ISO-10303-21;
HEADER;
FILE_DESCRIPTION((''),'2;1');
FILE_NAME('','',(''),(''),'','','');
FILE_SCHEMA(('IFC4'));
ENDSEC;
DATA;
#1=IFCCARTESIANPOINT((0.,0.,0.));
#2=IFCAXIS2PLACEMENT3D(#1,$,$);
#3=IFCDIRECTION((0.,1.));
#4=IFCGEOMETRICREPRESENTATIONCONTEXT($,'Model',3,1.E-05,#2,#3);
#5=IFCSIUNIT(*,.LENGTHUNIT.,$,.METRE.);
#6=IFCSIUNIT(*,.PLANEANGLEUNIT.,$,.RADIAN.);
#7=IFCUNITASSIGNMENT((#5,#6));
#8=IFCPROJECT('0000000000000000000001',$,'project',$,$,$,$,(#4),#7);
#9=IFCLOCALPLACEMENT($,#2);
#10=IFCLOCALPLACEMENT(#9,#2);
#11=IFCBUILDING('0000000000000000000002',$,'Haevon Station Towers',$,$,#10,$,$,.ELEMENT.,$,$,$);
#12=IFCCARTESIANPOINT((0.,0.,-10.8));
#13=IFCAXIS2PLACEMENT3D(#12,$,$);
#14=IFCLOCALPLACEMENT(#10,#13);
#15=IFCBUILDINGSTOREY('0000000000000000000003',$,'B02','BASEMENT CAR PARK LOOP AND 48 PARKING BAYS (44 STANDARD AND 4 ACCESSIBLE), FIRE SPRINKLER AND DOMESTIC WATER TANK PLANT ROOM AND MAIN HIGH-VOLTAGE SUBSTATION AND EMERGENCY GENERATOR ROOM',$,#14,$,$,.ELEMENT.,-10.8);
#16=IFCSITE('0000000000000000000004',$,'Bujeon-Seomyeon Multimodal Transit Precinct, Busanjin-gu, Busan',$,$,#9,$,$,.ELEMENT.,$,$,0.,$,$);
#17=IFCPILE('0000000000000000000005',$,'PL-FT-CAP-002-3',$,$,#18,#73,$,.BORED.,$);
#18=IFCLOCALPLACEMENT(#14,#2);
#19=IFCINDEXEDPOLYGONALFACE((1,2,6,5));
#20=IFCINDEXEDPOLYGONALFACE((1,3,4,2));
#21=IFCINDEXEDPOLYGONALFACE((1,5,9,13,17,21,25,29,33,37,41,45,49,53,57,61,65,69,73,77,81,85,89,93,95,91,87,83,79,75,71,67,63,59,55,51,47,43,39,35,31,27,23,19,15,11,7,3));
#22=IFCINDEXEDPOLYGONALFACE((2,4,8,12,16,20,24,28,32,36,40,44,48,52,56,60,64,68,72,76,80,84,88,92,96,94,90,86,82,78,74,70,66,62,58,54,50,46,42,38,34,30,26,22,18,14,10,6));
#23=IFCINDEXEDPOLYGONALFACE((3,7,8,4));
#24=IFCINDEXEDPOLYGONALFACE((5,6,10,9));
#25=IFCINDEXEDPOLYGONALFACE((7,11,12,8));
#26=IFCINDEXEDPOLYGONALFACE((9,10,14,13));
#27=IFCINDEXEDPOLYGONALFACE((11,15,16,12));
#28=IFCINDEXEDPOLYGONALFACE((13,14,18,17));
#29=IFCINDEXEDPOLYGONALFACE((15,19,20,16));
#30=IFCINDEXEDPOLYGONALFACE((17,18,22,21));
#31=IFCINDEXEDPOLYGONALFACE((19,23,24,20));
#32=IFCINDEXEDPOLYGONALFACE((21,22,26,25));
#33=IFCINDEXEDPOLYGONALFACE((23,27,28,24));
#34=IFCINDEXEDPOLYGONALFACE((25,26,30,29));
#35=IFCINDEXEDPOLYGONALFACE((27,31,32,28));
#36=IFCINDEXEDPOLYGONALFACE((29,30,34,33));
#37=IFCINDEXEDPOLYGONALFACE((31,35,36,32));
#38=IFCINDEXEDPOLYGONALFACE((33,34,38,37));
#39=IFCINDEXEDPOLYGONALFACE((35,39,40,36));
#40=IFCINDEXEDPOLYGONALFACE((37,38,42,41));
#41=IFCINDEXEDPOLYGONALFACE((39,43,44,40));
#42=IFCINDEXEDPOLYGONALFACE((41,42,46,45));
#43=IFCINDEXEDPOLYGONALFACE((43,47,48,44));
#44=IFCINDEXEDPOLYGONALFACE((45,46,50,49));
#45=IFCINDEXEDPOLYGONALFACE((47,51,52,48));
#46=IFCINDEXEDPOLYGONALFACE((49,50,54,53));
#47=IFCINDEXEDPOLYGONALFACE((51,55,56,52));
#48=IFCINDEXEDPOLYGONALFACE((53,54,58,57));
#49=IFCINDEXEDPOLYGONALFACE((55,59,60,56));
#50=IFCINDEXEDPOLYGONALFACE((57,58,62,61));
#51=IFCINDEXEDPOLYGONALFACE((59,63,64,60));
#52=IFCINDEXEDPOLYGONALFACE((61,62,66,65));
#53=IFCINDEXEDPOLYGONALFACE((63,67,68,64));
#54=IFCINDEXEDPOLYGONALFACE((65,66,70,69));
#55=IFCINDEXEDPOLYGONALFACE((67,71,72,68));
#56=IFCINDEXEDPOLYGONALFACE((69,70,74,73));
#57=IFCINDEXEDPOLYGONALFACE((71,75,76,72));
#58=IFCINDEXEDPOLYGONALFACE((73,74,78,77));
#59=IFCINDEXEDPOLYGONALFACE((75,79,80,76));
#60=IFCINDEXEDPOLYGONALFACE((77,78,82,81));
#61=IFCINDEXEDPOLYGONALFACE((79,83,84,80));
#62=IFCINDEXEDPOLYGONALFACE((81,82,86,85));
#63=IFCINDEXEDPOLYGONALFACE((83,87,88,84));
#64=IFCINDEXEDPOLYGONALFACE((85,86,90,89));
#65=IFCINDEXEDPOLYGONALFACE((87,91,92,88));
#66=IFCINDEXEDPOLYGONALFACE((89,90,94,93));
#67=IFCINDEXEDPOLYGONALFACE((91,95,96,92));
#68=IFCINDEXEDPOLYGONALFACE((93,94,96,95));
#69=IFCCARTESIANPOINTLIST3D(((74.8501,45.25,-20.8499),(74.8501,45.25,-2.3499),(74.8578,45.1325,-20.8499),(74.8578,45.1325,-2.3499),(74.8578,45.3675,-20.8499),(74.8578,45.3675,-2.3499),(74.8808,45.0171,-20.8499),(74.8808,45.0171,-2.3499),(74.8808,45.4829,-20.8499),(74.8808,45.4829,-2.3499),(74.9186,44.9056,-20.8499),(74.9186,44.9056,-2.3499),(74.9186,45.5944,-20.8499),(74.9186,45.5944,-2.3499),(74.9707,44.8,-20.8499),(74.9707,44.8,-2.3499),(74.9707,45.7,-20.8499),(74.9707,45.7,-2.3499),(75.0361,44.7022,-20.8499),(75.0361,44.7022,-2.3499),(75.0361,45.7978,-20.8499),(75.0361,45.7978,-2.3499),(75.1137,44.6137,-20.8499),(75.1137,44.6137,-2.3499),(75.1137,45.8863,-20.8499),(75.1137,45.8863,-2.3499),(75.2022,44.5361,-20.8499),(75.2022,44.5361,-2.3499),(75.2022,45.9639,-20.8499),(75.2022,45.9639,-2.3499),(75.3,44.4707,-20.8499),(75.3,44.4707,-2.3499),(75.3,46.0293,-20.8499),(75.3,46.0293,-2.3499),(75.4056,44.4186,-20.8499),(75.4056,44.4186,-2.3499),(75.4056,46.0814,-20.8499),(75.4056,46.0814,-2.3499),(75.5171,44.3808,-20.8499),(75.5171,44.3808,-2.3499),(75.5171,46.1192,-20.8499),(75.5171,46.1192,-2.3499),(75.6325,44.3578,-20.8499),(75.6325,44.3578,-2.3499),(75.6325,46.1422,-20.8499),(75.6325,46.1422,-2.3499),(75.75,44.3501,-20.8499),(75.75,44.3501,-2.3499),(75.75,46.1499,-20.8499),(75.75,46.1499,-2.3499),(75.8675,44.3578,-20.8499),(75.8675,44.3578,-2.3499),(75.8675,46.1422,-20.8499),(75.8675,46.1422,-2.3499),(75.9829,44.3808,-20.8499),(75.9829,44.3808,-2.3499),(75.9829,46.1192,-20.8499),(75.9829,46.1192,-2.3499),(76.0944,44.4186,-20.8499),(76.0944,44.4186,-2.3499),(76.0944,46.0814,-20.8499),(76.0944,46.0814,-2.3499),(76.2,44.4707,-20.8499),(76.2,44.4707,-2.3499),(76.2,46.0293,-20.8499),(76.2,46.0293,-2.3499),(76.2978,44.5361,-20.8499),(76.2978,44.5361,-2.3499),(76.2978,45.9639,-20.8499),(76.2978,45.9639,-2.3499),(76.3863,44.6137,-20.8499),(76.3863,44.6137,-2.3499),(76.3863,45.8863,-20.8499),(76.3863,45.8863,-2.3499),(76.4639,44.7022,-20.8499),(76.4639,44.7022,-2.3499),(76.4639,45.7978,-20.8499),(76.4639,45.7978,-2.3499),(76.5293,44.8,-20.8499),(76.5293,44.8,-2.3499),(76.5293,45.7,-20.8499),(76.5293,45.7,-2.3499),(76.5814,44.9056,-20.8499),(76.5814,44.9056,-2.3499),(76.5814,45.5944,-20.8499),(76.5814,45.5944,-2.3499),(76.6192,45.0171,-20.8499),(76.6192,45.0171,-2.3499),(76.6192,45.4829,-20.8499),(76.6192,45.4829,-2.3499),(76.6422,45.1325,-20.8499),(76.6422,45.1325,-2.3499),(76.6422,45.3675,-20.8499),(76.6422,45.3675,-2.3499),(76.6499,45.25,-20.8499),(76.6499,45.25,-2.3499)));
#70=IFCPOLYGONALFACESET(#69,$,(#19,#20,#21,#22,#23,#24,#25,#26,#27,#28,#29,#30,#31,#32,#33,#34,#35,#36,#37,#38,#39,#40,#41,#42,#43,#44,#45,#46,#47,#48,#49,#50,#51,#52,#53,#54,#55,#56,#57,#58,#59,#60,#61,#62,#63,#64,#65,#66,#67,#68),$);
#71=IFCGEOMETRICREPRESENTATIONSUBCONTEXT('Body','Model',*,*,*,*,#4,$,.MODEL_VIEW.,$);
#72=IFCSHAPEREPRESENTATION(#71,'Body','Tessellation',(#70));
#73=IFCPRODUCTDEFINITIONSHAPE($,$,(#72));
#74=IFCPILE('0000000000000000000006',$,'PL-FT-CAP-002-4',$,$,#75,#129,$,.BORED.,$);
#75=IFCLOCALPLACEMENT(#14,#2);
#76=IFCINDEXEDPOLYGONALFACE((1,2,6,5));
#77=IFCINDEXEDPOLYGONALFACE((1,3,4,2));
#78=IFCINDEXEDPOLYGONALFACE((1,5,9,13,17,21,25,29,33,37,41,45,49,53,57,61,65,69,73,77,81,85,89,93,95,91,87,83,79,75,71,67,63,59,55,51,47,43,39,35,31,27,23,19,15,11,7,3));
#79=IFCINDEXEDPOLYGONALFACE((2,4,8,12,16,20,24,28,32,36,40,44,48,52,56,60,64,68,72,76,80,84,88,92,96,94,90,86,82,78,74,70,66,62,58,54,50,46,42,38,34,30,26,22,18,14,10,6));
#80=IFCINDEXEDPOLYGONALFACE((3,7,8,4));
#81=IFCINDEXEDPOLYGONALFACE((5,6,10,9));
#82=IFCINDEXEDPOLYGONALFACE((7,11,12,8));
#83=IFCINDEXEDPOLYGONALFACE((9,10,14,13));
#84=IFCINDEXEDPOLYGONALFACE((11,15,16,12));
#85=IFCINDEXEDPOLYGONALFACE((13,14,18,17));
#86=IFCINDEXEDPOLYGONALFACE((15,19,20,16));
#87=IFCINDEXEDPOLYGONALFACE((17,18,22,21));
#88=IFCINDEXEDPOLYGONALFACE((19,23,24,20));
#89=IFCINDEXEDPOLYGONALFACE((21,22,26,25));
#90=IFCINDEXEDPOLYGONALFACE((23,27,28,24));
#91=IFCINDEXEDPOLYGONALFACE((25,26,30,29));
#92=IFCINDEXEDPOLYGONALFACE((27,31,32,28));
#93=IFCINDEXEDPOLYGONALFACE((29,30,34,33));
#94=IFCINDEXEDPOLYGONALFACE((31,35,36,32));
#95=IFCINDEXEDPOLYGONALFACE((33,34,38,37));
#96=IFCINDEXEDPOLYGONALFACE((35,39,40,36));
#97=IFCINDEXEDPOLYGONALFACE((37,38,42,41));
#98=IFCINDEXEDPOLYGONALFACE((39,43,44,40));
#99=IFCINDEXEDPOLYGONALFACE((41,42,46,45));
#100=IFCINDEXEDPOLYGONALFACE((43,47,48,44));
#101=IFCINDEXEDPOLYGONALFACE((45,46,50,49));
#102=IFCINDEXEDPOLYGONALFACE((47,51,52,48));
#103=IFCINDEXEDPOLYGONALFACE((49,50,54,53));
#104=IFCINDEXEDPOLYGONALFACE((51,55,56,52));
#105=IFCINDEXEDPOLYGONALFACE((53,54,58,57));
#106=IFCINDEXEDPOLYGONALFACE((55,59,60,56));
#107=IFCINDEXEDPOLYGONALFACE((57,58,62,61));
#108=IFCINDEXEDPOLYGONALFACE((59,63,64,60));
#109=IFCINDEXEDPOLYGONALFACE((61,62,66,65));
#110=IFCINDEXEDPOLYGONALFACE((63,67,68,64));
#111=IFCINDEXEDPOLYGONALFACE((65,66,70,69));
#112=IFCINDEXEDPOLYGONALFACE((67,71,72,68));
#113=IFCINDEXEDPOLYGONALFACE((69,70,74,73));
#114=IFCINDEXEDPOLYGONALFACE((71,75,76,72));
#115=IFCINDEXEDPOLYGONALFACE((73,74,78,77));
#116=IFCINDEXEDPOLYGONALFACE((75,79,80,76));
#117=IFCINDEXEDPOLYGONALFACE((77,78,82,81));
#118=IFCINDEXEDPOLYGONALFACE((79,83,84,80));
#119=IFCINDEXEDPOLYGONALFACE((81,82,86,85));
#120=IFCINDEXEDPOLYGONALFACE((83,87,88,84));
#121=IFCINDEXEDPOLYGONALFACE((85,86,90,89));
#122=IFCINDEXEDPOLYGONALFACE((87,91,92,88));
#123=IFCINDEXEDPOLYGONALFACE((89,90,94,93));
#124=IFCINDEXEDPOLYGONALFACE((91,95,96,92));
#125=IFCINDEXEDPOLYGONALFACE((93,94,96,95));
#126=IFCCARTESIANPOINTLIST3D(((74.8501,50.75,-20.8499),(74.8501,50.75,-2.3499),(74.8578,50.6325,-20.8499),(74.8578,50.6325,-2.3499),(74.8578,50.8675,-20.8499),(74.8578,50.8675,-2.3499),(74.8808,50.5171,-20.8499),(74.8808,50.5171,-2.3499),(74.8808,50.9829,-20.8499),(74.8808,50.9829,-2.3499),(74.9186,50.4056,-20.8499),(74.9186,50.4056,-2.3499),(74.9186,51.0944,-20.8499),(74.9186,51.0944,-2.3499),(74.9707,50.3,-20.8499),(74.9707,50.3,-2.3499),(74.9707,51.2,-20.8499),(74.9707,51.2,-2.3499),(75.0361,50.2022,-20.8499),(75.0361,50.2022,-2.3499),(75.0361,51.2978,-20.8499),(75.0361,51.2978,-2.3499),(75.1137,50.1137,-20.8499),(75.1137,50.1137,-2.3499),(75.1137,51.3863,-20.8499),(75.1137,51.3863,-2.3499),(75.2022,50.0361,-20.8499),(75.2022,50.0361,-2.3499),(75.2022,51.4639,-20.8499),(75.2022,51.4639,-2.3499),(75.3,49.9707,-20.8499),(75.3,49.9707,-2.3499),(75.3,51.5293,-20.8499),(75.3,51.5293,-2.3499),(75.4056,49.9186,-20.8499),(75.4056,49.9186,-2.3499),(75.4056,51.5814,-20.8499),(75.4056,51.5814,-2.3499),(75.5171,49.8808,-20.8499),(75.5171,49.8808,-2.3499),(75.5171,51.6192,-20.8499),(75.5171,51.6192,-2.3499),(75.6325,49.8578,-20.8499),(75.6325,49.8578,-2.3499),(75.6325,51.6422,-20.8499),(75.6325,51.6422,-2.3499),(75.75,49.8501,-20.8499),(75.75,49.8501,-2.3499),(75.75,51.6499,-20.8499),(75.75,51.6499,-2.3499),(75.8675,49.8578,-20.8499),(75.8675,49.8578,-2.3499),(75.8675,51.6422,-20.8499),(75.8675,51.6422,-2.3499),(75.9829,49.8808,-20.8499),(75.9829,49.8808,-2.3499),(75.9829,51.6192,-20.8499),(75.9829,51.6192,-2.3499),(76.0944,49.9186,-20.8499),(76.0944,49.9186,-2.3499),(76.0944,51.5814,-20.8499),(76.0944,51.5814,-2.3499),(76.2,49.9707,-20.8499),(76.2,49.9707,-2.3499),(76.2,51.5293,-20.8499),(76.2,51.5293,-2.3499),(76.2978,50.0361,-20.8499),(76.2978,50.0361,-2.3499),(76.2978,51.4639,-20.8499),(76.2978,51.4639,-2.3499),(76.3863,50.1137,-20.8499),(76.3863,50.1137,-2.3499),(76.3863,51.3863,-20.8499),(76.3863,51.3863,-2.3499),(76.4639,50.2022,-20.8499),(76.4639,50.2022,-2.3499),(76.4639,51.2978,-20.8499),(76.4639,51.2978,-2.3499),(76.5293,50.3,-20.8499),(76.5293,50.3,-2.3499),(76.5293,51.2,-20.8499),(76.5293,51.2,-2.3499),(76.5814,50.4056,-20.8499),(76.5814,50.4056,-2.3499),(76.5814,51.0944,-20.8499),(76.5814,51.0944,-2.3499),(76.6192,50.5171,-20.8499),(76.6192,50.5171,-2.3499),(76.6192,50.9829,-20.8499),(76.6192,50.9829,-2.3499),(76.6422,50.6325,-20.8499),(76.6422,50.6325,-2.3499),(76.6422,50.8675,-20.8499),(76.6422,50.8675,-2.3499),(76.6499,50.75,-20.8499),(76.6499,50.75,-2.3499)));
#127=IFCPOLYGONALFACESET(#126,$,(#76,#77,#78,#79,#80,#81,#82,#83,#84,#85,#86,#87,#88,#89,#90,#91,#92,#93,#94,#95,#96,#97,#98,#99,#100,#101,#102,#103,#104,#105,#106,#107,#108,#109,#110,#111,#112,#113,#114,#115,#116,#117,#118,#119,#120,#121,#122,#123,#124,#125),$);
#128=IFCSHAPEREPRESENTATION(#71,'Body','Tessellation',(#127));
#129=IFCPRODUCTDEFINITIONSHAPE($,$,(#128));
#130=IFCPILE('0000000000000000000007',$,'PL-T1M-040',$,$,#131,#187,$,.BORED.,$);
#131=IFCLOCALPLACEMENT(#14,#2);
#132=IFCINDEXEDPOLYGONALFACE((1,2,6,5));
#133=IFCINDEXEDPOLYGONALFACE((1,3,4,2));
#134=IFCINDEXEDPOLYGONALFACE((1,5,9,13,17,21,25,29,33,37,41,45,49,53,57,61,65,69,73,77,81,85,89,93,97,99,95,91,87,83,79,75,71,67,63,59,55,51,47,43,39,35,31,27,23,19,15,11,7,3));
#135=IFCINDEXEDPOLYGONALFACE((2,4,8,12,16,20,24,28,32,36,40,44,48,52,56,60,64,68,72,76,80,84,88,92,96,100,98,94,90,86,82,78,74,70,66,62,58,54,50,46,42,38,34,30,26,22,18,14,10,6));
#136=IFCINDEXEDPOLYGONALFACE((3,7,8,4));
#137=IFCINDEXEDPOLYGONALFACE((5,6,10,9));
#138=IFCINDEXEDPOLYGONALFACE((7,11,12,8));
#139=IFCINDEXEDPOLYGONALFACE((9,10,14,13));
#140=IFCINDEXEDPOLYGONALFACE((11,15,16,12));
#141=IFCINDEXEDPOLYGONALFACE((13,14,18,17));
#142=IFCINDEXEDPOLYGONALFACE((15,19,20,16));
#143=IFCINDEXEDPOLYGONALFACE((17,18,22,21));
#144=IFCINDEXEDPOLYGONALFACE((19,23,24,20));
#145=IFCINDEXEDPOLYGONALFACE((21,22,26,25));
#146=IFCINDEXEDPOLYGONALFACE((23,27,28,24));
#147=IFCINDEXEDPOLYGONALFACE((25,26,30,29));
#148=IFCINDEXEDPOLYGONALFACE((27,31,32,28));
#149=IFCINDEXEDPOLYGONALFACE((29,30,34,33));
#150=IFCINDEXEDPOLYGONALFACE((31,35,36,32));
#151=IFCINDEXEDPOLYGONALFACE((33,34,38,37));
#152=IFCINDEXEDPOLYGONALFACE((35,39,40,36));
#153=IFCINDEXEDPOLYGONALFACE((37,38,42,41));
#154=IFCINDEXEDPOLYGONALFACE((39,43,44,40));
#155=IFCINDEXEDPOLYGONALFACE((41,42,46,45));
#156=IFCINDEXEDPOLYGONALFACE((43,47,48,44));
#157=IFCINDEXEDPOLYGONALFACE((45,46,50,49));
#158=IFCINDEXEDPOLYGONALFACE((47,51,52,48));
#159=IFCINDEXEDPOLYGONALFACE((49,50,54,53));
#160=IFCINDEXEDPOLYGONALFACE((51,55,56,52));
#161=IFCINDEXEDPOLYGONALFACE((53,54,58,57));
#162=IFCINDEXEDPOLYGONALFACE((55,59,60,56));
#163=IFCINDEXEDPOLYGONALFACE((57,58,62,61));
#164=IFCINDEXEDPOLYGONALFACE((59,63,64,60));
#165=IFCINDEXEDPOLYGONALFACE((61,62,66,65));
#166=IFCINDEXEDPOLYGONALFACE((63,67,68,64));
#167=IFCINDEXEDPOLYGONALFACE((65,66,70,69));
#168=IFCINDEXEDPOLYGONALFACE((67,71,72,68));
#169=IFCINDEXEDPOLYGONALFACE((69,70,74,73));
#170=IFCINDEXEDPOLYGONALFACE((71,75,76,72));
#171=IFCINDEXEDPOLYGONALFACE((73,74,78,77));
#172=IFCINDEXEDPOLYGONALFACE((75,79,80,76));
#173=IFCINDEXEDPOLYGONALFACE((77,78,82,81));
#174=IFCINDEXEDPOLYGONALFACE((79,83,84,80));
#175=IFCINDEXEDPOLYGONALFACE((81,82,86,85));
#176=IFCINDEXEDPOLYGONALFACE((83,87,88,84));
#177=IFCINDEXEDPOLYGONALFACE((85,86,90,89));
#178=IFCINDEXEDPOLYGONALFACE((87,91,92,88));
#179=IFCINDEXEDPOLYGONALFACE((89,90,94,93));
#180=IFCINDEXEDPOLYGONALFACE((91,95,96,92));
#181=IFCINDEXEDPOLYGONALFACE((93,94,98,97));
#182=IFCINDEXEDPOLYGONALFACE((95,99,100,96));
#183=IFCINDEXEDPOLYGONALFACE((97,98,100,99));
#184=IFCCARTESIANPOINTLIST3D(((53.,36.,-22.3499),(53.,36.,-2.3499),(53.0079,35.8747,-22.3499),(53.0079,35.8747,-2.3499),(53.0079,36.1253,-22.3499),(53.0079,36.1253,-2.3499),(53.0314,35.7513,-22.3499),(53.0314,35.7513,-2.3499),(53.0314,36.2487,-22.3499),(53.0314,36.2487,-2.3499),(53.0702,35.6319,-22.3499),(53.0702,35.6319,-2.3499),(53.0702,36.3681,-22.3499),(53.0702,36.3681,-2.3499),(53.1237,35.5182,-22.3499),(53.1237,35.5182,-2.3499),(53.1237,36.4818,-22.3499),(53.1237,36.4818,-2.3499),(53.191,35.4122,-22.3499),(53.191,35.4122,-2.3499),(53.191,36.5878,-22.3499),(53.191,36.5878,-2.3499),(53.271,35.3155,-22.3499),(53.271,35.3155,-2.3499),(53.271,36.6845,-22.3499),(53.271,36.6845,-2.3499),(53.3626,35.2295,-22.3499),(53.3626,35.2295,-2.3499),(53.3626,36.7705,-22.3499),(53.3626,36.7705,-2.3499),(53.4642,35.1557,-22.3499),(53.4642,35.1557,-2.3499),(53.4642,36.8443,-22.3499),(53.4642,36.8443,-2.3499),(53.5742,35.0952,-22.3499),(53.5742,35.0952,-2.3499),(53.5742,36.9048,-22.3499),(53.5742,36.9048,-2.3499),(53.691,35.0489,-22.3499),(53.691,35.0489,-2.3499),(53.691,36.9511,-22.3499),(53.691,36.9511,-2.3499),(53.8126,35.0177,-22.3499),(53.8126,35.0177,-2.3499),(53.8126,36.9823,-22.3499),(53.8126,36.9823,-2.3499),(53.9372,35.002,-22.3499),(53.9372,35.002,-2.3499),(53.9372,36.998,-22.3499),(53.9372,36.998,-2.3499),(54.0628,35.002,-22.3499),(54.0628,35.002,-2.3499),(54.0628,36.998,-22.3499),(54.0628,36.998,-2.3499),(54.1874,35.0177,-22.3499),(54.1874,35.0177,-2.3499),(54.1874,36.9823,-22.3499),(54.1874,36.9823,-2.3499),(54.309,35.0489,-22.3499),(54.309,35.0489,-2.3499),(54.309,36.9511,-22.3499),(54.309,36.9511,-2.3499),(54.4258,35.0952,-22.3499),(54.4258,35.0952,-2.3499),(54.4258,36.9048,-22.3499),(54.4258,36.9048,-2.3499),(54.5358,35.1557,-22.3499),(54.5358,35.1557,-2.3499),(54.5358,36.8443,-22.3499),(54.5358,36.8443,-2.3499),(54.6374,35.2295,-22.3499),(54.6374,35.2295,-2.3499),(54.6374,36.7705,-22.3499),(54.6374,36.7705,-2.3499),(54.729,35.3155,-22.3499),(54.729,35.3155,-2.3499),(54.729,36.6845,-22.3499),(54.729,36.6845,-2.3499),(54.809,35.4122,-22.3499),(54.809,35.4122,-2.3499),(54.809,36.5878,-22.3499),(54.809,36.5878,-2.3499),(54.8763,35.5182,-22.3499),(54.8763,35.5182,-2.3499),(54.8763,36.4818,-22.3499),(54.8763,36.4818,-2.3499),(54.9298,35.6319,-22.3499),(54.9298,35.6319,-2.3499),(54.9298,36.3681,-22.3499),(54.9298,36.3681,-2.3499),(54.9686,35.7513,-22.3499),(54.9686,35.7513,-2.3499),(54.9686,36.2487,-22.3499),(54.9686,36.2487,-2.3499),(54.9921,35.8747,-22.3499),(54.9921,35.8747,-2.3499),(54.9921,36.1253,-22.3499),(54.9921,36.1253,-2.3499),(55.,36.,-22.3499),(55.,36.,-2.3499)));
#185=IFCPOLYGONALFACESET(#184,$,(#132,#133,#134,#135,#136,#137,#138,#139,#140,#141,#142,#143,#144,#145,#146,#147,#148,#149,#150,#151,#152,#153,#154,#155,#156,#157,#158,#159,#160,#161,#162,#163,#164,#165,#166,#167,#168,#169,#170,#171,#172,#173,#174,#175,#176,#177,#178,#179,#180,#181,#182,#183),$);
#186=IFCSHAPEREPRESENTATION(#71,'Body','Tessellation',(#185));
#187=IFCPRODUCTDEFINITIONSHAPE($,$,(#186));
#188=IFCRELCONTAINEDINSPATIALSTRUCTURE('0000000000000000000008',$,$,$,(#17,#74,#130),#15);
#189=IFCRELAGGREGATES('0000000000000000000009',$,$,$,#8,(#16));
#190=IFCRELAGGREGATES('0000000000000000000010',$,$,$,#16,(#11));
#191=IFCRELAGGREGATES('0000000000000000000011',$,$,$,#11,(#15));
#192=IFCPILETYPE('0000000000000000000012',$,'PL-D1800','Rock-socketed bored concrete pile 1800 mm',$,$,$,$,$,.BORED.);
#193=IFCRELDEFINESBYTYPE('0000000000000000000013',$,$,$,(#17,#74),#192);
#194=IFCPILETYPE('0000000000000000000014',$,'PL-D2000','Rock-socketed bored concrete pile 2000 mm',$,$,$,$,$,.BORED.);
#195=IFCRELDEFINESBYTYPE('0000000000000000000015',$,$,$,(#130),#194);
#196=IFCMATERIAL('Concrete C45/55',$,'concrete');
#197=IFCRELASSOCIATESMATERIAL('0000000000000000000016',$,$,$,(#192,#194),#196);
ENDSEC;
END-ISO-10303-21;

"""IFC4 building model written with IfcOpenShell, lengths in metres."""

from ifc_helpers import new_model, si_unit, direction, frame, origin, origin_2d, place, context, subcontext, project, spatial, circle, extrude, material, material_profile, profile_set, type_object, element, save


model = new_model("IFC4")

# Units and contexts
model_context = context("Model", 3, precision=1e-05, world=origin(), true_north=direction((0.0, 1.0)))
body_context = subcontext(model_context, "Body", "Model", "MODEL_VIEW")
ifc_project = project(units=[si_unit("LENGTHUNIT", "METRE"), si_unit("PLANEANGLEUNIT", "RADIAN")], contexts=[model_context])

# Site, building, storey
site_placement = place(None, origin())
site = spatial("IfcSite", under=ifc_project, at=site_placement, Name="Bujeon-Seomyeon Multimodal Transit Precinct, Busanjin-gu, Busan", CompositionType="ELEMENT", RefElevation=0.0)
building_placement = place(site_placement, origin())
building = spatial("IfcBuilding", under=site, at=building_placement, Name="Haevon Station Towers", CompositionType="ELEMENT")
storey_placement = place(building_placement, frame((0.0, 0.0, -10.8)))
storey = spatial("IfcBuildingStorey", under=building, at=storey_placement, Name="B02", Description="BASEMENT CAR PARK LOOP AND 48 PARKING BAYS (44 STANDARD AND 4 ACCESSIBLE), FIRE SPRINKLER AND DOMESTIC WATER TANK PLANT ROOM AND MAIN HIGH-VOLTAGE SUBSTATION AND EMERGENCY GENERATOR ROOM", CompositionType="ELEMENT", Elevation=-10.8)

# Piles
ifc_material_1 = material(Name="Concrete C45/55", Category="concrete")
ifc_material_profile_1 = material_profile(ifc_material_1, circle(Radius=0.8999, at=origin_2d()), Name="PILE-D1800")
ifc_profile_set_1 = profile_set([ifc_material_profile_1], Name="Concrete C45/55")
pile_type_1 = type_object("IfcPileType", Name="PL-D1800", Description="Rock-socketed bored concrete pile 1800 mm", PredefinedType="BORED", material=ifc_profile_set_1)
for number, where, z_axis, x_axis, name in (
    (1, (75.75, 45.25, -2.3499), (0.0, 0.0, -1.0), (1.0, 0.0, 0.0), "PL-FT-CAP-002-3"),
    (2, (75.75, 50.75, -2.3499), (0.0, 0.0, -1.0), (1.0, 0.0, 0.0), "PL-FT-CAP-002-4"),
):
    element("IfcPile", number, at=place(storey_placement, frame(where, z_axis=z_axis, x_axis=x_axis)), inside=storey, type_object=pile_type_1, Name=name, PredefinedType="BORED", context=body_context, shape_type="SweptSolid", body=[
        extrude(circle(Radius=0.8999, at=origin_2d()), origin(), (0.0, 0.0, 1.0), 18.5),
    ])
ifc_material_profile_2 = material_profile(ifc_material_1, circle(Radius=1.0, at=origin_2d()), Name="PILE-D2000")
ifc_profile_set_2 = profile_set([ifc_material_profile_2], Name="Concrete C45/55")
pile_type_2 = type_object("IfcPileType", Name="PL-D2000", Description="Rock-socketed bored concrete pile 2000 mm", PredefinedType="BORED", material=ifc_profile_set_2)
for number, where, z_axis, x_axis, name in (
    (3, (54.0, 36.0, -2.3499), (0.0, 0.0, -1.0), (1.0, 0.0, 0.0), "PL-T1M-040"),
):
    element("IfcPile", number, at=place(storey_placement, frame(where, z_axis=z_axis, x_axis=x_axis)), inside=storey, type_object=pile_type_2, Name=name, PredefinedType="BORED", context=body_context, shape_type="SweptSolid", body=[
        extrude(circle(Radius=1.0, at=origin_2d()), origin(), (0.0, 0.0, 1.0), 20.0),
    ])

save(model, "model.ifc")
